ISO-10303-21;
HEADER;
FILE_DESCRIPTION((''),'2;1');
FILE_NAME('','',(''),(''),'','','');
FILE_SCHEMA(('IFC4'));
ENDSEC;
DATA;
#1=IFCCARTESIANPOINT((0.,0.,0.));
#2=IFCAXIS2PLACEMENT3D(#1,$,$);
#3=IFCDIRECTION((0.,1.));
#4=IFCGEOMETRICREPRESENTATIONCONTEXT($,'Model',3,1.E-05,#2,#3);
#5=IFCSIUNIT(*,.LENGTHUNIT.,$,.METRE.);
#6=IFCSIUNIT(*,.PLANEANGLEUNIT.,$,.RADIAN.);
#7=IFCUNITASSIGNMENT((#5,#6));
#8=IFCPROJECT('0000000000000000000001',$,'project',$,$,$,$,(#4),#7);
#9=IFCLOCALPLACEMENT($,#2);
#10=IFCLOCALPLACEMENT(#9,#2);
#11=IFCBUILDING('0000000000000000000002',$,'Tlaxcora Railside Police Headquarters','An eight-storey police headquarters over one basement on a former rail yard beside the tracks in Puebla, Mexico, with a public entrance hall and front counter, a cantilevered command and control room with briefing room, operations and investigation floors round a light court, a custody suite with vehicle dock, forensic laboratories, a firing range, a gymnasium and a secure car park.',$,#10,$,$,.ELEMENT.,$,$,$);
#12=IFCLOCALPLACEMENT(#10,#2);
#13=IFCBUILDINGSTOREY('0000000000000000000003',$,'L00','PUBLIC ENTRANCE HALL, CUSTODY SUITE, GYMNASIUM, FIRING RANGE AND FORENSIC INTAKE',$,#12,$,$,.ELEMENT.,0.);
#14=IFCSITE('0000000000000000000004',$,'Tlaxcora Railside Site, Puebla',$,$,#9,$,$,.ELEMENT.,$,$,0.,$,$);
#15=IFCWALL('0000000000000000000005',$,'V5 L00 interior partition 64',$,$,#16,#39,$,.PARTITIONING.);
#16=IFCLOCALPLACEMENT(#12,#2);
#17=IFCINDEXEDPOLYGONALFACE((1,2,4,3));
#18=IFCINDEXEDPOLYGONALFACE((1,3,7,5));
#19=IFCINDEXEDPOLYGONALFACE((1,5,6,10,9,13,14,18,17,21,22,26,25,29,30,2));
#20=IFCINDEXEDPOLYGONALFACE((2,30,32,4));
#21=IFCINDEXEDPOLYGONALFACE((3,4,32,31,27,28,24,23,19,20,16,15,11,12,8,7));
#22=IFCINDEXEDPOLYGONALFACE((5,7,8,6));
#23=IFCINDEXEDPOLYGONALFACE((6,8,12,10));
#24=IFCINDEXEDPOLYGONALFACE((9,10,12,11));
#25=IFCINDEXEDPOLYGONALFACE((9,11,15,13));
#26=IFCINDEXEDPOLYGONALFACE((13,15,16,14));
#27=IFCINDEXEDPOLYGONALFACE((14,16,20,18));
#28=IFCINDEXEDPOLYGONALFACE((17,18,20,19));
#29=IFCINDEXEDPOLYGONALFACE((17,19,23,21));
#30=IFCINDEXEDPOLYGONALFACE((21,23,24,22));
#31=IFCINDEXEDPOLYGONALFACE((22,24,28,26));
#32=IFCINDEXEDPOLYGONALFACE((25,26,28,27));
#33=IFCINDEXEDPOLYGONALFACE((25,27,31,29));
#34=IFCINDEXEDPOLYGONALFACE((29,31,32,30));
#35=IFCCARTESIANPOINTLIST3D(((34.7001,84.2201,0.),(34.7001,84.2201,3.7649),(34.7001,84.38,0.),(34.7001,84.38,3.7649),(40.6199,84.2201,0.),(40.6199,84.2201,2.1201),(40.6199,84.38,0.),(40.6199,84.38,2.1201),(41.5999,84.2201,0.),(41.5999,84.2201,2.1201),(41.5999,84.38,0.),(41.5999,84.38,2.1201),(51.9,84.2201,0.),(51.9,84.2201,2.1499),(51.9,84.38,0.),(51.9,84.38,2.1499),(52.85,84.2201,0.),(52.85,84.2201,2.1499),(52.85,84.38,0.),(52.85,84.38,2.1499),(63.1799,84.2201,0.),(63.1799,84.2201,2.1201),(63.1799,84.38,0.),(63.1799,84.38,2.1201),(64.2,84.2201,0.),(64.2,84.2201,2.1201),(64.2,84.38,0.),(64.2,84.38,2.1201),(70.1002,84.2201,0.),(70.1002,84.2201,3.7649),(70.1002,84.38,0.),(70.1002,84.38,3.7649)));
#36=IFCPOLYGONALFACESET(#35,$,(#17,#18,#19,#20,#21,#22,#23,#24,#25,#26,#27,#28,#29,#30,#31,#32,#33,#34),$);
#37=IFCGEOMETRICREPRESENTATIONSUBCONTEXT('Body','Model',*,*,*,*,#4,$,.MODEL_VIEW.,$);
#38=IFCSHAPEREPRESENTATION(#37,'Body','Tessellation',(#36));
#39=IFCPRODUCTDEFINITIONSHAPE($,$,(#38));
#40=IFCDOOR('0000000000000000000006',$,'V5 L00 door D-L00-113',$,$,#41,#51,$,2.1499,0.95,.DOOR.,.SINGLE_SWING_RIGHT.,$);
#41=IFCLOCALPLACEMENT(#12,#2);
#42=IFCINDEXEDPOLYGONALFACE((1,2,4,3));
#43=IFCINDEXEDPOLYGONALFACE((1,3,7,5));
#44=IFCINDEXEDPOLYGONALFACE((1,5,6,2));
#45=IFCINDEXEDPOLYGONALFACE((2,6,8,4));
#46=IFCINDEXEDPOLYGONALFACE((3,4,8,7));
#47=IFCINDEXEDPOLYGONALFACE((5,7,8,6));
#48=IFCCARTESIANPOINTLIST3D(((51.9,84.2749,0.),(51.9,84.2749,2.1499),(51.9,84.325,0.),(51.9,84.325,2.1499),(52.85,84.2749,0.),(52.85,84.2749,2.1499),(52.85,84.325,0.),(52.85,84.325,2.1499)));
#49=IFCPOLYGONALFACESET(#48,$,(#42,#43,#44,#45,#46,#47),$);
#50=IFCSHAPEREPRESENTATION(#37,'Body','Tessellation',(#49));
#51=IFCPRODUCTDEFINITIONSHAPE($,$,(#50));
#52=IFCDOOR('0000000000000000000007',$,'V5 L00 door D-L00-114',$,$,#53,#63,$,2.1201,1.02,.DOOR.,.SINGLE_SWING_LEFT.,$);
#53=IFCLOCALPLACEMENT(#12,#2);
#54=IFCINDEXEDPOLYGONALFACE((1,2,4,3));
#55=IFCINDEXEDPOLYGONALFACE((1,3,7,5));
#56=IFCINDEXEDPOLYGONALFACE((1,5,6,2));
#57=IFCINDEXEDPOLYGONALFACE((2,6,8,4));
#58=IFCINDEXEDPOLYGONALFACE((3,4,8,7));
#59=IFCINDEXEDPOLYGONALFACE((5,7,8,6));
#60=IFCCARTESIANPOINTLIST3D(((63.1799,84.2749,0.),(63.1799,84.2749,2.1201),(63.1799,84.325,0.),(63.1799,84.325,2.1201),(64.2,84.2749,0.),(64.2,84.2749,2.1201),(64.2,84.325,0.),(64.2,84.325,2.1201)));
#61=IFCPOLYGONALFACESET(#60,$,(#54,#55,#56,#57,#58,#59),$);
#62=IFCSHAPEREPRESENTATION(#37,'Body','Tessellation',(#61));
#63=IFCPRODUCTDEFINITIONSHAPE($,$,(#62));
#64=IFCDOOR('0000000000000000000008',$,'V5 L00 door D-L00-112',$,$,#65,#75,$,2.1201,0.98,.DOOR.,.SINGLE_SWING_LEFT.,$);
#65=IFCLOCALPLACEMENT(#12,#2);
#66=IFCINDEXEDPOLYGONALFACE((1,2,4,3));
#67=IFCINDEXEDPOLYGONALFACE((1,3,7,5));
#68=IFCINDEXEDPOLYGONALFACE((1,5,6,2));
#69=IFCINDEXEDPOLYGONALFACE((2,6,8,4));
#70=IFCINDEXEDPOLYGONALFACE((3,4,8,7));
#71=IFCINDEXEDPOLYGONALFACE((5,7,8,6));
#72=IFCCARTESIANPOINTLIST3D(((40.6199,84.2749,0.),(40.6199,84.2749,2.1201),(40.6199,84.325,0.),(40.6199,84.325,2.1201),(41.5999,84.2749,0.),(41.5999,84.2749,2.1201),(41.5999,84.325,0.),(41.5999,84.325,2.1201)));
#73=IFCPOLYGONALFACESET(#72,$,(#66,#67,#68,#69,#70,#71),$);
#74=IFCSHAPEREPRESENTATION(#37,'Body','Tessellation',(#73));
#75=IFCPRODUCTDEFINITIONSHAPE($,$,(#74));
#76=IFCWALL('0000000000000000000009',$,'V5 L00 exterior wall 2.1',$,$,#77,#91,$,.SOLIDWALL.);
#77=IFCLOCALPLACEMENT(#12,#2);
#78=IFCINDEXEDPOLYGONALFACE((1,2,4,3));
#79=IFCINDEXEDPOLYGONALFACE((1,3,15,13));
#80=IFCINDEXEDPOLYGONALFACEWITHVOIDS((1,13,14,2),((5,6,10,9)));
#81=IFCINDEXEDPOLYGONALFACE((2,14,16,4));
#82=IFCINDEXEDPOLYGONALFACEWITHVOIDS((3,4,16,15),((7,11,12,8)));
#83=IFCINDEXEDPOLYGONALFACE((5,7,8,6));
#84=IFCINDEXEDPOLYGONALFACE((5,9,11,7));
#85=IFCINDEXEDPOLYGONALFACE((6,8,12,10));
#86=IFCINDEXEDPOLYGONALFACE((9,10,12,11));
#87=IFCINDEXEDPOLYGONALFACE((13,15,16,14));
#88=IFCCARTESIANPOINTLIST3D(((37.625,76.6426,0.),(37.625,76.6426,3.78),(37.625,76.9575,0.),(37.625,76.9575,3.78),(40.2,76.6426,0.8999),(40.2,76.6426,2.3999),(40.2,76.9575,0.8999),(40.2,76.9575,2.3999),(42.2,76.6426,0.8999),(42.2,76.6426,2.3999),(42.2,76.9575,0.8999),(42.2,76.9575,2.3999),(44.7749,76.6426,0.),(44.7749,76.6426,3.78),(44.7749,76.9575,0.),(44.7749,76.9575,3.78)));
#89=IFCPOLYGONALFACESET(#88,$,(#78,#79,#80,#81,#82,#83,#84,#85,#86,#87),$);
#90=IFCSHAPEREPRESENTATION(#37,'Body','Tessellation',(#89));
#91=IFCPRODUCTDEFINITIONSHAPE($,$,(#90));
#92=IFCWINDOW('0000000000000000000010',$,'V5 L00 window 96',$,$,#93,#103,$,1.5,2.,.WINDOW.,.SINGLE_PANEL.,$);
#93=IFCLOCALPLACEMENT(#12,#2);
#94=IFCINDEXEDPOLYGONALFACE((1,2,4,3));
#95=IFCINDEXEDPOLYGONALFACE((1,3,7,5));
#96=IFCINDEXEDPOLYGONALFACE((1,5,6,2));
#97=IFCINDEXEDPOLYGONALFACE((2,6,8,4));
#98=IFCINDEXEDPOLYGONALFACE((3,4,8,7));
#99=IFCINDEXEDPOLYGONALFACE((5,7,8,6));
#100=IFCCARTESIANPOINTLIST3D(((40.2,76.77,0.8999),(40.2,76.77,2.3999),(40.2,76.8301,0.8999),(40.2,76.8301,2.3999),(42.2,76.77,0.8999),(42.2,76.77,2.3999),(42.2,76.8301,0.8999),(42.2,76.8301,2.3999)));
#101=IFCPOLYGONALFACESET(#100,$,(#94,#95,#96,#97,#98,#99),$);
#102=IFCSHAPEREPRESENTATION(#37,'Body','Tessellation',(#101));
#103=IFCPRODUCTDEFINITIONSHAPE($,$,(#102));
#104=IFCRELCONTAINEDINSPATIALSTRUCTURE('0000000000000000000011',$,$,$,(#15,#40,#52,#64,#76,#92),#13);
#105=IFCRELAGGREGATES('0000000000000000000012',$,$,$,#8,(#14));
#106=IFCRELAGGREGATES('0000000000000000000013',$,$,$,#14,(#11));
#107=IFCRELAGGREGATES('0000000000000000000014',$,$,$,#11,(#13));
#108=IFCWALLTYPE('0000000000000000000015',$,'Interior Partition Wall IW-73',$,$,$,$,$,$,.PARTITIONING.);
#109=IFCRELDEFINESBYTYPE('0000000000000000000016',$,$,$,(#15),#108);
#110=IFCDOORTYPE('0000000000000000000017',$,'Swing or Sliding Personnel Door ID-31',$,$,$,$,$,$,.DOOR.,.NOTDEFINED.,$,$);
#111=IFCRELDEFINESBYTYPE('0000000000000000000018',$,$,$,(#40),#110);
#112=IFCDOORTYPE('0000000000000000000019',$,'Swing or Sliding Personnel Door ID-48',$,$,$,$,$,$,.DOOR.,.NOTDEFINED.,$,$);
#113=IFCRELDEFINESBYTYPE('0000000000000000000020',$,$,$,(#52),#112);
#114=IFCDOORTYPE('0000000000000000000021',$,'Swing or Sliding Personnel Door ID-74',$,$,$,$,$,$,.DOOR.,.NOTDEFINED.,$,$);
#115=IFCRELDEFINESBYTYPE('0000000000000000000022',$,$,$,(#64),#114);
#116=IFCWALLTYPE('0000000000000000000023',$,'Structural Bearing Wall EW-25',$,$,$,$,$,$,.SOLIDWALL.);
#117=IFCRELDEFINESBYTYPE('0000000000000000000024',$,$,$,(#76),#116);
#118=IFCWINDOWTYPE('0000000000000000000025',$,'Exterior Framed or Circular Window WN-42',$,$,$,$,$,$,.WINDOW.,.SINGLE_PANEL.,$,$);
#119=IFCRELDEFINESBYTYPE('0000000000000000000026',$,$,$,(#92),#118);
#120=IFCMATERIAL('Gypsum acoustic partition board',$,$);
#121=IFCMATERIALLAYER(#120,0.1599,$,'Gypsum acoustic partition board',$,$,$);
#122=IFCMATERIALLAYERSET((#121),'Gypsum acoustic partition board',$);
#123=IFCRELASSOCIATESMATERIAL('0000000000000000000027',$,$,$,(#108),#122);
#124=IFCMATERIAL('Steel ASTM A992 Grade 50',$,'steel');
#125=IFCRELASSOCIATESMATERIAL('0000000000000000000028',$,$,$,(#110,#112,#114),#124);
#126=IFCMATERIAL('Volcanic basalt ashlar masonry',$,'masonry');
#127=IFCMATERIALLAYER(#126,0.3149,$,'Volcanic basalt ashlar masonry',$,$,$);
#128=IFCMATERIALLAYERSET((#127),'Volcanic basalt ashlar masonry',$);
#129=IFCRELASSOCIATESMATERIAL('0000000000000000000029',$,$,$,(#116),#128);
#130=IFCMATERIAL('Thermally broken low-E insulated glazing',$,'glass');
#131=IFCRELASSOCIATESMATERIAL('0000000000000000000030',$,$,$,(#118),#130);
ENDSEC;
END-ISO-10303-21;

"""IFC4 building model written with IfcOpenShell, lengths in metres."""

from ifc_helpers import new_model, si_unit, direction, frame, frame_2d, origin, place, context, subcontext, project, spatial, rectangle, extrude, material, layer, layer_set, type_object, element, fill, save


model = new_model("IFC4")

# Units and contexts
model_context = context("Model", 3, precision=1e-05, world=origin(), true_north=direction((0.0, 1.0)))
body_context = subcontext(model_context, "Body", "Model", "MODEL_VIEW")
ifc_project = project(units=[si_unit("LENGTHUNIT", "METRE"), si_unit("PLANEANGLEUNIT", "RADIAN")], contexts=[model_context])

# Site, building, storey
site_placement = place(None, origin())
site = spatial("IfcSite", under=ifc_project, at=site_placement, Name="Tlaxcora Railside Site, Puebla", CompositionType="ELEMENT", RefElevation=0.0)
building_placement = place(site_placement, origin())
building = spatial("IfcBuilding", under=site, at=building_placement, Name="Tlaxcora Railside Police Headquarters", Description="An eight-storey police headquarters over one basement on a former rail yard beside the tracks in Puebla, Mexico, with a public entrance hall and front counter, a cantilevered command and control room with briefing room, operations and investigation floors round a light court, a custody suite with vehicle dock, forensic laboratories, a firing range, a gymnasium and a secure car park.", CompositionType="ELEMENT")
storey_placement = place(building_placement, origin())
storey = spatial("IfcBuildingStorey", under=building, at=storey_placement, Name="L00", Description="PUBLIC ENTRANCE HALL, CUSTODY SUITE, GYMNASIUM, FIRING RANGE AND FORENSIC INTAKE", CompositionType="ELEMENT", Elevation=0.0)

# Shared definitions
ifc_material_1 = material(Name="Steel ASTM A992 Grade 50", Category="steel")

# Wall, openings, doors
ifc_material_2 = material(Name="Gypsum acoustic partition board")
ifc_layer_1 = layer(ifc_material_2, 0.1599, Name="Gypsum acoustic partition board")
ifc_layer_set_1 = layer_set([ifc_layer_1], Name="Gypsum acoustic partition board")
wall_type_1 = type_object("IfcWallType", Name="Interior Partition Wall IW-73", PredefinedType="PARTITIONING", material=ifc_layer_set_1)
wall_1_placement = place(storey_placement, frame((34.7, 84.3, 0.0), z_axis=(0.0, 0.0, 1.0), x_axis=(1.0, 0.0, 0.0)))
wall_1 = element("IfcWall", 1, at=wall_1_placement, inside=storey, type_object=wall_type_1, Name="V5 L00 interior partition 64", PredefinedType="PARTITIONING", context=body_context, shape_type="SweptSolid", body=[
    extrude(rectangle(XDim=35.4001, YDim=0.1599, at=frame_2d((17.7002, 0.0))), origin(), (0.0, 0.0, 1.0), 3.7649),
])
opening_1_placement = place(wall_1_placement, frame((5.9199, 0.0, 0.0)))
opening_1 = element("IfcOpeningElement", 2, at=opening_1_placement, cuts=wall_1, PredefinedType="OPENING", context=body_context, shape_type="SweptSolid", body=[
    extrude(rectangle(XDim=0.98, YDim=2.1201, at=frame_2d((0.49, 1.0601))), frame((0.0, 0.0898, 0.0), z_axis=(0.0, -1.0, 0.0), x_axis=(1.0, 0.0, 0.0)), (0.0, 0.0, 1.0), 0.1799),
])
opening_2_placement = place(wall_1_placement, frame((17.2, 0.0, 0.0)))
opening_2 = element("IfcOpeningElement", 3, at=opening_2_placement, cuts=wall_1, PredefinedType="OPENING", context=body_context, shape_type="SweptSolid", body=[
    extrude(rectangle(XDim=0.95, YDim=2.1499, at=frame_2d((0.4751, 1.075))), frame((0.0, 0.0898, 0.0), z_axis=(0.0, -1.0, 0.0), x_axis=(1.0, 0.0, 0.0)), (0.0, 0.0, 1.0), 0.1799),
])
opening_3_placement = place(wall_1_placement, frame((28.48, 0.0, 0.0)))
opening_3 = element("IfcOpeningElement", 4, at=opening_3_placement, cuts=wall_1, PredefinedType="OPENING", context=body_context, shape_type="SweptSolid", body=[
    extrude(rectangle(XDim=1.02, YDim=2.1201, at=frame_2d((0.51, 1.0601))), frame((0.0, 0.0898, 0.0), z_axis=(0.0, -1.0, 0.0), x_axis=(1.0, 0.0, 0.0)), (0.0, 0.0, 1.0), 0.1799),
])
door_type_1 = type_object("IfcDoorType", Name="Swing or Sliding Personnel Door ID-31", OperationType="NOTDEFINED", PredefinedType="DOOR", material=ifc_material_1)
door_1_placement = place(opening_2_placement, origin())
door_1 = element("IfcDoor", 5, at=door_1_placement, inside=storey, type_object=door_type_1, Name="V5 L00 door D-L00-113", OperationType="SINGLE_SWING_RIGHT", OverallHeight=2.1499, OverallWidth=0.95, PredefinedType="DOOR", context=body_context, shape_type="SweptSolid", body=[
    extrude(rectangle(XDim=0.95, YDim=2.1499, at=frame_2d((0.4751, 1.075))), frame((0.0, 0.0249, 0.0), z_axis=(0.0, -1.0, 0.0), x_axis=(1.0, 0.0, 0.0)), (0.0, 0.0, 1.0), 0.05),
])
fill(opening_2, door_1)
door_type_2 = type_object("IfcDoorType", Name="Swing or Sliding Personnel Door ID-48", OperationType="NOTDEFINED", PredefinedType="DOOR", material=ifc_material_1)
door_2_placement = place(opening_3_placement, origin())
door_2 = element("IfcDoor", 6, at=door_2_placement, inside=storey, type_object=door_type_2, Name="V5 L00 door D-L00-114", OperationType="SINGLE_SWING_LEFT", OverallHeight=2.1201, OverallWidth=1.02, PredefinedType="DOOR", context=body_context, shape_type="SweptSolid", body=[
    extrude(rectangle(XDim=1.02, YDim=2.1201, at=frame_2d((0.51, 1.0601))), frame((0.0, 0.0249, 0.0), z_axis=(0.0, -1.0, 0.0), x_axis=(1.0, 0.0, 0.0)), (0.0, 0.0, 1.0), 0.05),
])
fill(opening_3, door_2)
door_type_3 = type_object("IfcDoorType", Name="Swing or Sliding Personnel Door ID-74", OperationType="NOTDEFINED", PredefinedType="DOOR", material=ifc_material_1)
door_3_placement = place(opening_1_placement, origin())
door_3 = element("IfcDoor", 7, at=door_3_placement, inside=storey, type_object=door_type_3, Name="V5 L00 door D-L00-112", OperationType="SINGLE_SWING_LEFT", OverallHeight=2.1201, OverallWidth=0.98, PredefinedType="DOOR", context=body_context, shape_type="SweptSolid", body=[
    extrude(rectangle(XDim=0.98, YDim=2.1201, at=frame_2d((0.49, 1.0601))), frame((0.0, 0.0249, 0.0), z_axis=(0.0, -1.0, 0.0), x_axis=(1.0, 0.0, 0.0)), (0.0, 0.0, 1.0), 0.05),
])
fill(opening_1, door_3)

# Wall, opening, window
ifc_material_3 = material(Name="Volcanic basalt ashlar masonry", Category="masonry")
ifc_layer_2 = layer(ifc_material_3, 0.3149, Name="Volcanic basalt ashlar masonry")
ifc_layer_set_2 = layer_set([ifc_layer_2], Name="Volcanic basalt ashlar masonry")
wall_type_2 = type_object("IfcWallType", Name="Structural Bearing Wall EW-25", PredefinedType="SOLIDWALL", material=ifc_layer_set_2)
wall_2_placement = place(storey_placement, frame((37.625, 76.8, 0.0), z_axis=(0.0, 0.0, 1.0), x_axis=(1.0, 0.0, 0.0)))
wall_2 = element("IfcWall", 8, at=wall_2_placement, inside=storey, type_object=wall_type_2, Name="V5 L00 exterior wall 2.1", PredefinedType="SOLIDWALL", context=body_context, shape_type="SweptSolid", body=[
    extrude(rectangle(XDim=7.1499, YDim=0.3149, at=frame_2d((3.575, 0.0))), origin(), (0.0, 0.0, 1.0), 3.78),
])
opening_4_placement = place(wall_2_placement, frame((2.575, 0.0, 0.8999)))
opening_4 = element("IfcOpeningElement", 9, at=opening_4_placement, cuts=wall_2, PredefinedType="OPENING", context=body_context, shape_type="SweptSolid", body=[
    extrude(rectangle(XDim=2.0, YDim=1.5, at=frame_2d((1.0, 0.75))), frame((0.0, 0.1675, 0.0), z_axis=(0.0, -1.0, 0.0), x_axis=(1.0, 0.0, 0.0)), (0.0, 0.0, 1.0), 0.335),
])
ifc_material_4 = material(Name="Thermally broken low-E insulated glazing", Category="glass")
window_type = type_object("IfcWindowType", Name="Exterior Framed or Circular Window WN-42", PartitioningType="SINGLE_PANEL", PredefinedType="WINDOW", material=ifc_material_4)
window_placement = place(opening_4_placement, origin())
window = element("IfcWindow", 10, at=window_placement, inside=storey, type_object=window_type, Name="V5 L00 window 96", OverallHeight=1.5, OverallWidth=2.0, PartitioningType="SINGLE_PANEL", PredefinedType="WINDOW", context=body_context, shape_type="SweptSolid", body=[
    extrude(rectangle(XDim=2.0, YDim=1.5, at=frame_2d((1.0, 0.75))), frame((0.0, 0.03, 0.0), z_axis=(0.0, -1.0, 0.0), x_axis=(1.0, 0.0, 0.0)), (0.0, 0.0, 1.0), 0.0601),
])
fill(opening_4, window)

save(model, "model.ifc")
